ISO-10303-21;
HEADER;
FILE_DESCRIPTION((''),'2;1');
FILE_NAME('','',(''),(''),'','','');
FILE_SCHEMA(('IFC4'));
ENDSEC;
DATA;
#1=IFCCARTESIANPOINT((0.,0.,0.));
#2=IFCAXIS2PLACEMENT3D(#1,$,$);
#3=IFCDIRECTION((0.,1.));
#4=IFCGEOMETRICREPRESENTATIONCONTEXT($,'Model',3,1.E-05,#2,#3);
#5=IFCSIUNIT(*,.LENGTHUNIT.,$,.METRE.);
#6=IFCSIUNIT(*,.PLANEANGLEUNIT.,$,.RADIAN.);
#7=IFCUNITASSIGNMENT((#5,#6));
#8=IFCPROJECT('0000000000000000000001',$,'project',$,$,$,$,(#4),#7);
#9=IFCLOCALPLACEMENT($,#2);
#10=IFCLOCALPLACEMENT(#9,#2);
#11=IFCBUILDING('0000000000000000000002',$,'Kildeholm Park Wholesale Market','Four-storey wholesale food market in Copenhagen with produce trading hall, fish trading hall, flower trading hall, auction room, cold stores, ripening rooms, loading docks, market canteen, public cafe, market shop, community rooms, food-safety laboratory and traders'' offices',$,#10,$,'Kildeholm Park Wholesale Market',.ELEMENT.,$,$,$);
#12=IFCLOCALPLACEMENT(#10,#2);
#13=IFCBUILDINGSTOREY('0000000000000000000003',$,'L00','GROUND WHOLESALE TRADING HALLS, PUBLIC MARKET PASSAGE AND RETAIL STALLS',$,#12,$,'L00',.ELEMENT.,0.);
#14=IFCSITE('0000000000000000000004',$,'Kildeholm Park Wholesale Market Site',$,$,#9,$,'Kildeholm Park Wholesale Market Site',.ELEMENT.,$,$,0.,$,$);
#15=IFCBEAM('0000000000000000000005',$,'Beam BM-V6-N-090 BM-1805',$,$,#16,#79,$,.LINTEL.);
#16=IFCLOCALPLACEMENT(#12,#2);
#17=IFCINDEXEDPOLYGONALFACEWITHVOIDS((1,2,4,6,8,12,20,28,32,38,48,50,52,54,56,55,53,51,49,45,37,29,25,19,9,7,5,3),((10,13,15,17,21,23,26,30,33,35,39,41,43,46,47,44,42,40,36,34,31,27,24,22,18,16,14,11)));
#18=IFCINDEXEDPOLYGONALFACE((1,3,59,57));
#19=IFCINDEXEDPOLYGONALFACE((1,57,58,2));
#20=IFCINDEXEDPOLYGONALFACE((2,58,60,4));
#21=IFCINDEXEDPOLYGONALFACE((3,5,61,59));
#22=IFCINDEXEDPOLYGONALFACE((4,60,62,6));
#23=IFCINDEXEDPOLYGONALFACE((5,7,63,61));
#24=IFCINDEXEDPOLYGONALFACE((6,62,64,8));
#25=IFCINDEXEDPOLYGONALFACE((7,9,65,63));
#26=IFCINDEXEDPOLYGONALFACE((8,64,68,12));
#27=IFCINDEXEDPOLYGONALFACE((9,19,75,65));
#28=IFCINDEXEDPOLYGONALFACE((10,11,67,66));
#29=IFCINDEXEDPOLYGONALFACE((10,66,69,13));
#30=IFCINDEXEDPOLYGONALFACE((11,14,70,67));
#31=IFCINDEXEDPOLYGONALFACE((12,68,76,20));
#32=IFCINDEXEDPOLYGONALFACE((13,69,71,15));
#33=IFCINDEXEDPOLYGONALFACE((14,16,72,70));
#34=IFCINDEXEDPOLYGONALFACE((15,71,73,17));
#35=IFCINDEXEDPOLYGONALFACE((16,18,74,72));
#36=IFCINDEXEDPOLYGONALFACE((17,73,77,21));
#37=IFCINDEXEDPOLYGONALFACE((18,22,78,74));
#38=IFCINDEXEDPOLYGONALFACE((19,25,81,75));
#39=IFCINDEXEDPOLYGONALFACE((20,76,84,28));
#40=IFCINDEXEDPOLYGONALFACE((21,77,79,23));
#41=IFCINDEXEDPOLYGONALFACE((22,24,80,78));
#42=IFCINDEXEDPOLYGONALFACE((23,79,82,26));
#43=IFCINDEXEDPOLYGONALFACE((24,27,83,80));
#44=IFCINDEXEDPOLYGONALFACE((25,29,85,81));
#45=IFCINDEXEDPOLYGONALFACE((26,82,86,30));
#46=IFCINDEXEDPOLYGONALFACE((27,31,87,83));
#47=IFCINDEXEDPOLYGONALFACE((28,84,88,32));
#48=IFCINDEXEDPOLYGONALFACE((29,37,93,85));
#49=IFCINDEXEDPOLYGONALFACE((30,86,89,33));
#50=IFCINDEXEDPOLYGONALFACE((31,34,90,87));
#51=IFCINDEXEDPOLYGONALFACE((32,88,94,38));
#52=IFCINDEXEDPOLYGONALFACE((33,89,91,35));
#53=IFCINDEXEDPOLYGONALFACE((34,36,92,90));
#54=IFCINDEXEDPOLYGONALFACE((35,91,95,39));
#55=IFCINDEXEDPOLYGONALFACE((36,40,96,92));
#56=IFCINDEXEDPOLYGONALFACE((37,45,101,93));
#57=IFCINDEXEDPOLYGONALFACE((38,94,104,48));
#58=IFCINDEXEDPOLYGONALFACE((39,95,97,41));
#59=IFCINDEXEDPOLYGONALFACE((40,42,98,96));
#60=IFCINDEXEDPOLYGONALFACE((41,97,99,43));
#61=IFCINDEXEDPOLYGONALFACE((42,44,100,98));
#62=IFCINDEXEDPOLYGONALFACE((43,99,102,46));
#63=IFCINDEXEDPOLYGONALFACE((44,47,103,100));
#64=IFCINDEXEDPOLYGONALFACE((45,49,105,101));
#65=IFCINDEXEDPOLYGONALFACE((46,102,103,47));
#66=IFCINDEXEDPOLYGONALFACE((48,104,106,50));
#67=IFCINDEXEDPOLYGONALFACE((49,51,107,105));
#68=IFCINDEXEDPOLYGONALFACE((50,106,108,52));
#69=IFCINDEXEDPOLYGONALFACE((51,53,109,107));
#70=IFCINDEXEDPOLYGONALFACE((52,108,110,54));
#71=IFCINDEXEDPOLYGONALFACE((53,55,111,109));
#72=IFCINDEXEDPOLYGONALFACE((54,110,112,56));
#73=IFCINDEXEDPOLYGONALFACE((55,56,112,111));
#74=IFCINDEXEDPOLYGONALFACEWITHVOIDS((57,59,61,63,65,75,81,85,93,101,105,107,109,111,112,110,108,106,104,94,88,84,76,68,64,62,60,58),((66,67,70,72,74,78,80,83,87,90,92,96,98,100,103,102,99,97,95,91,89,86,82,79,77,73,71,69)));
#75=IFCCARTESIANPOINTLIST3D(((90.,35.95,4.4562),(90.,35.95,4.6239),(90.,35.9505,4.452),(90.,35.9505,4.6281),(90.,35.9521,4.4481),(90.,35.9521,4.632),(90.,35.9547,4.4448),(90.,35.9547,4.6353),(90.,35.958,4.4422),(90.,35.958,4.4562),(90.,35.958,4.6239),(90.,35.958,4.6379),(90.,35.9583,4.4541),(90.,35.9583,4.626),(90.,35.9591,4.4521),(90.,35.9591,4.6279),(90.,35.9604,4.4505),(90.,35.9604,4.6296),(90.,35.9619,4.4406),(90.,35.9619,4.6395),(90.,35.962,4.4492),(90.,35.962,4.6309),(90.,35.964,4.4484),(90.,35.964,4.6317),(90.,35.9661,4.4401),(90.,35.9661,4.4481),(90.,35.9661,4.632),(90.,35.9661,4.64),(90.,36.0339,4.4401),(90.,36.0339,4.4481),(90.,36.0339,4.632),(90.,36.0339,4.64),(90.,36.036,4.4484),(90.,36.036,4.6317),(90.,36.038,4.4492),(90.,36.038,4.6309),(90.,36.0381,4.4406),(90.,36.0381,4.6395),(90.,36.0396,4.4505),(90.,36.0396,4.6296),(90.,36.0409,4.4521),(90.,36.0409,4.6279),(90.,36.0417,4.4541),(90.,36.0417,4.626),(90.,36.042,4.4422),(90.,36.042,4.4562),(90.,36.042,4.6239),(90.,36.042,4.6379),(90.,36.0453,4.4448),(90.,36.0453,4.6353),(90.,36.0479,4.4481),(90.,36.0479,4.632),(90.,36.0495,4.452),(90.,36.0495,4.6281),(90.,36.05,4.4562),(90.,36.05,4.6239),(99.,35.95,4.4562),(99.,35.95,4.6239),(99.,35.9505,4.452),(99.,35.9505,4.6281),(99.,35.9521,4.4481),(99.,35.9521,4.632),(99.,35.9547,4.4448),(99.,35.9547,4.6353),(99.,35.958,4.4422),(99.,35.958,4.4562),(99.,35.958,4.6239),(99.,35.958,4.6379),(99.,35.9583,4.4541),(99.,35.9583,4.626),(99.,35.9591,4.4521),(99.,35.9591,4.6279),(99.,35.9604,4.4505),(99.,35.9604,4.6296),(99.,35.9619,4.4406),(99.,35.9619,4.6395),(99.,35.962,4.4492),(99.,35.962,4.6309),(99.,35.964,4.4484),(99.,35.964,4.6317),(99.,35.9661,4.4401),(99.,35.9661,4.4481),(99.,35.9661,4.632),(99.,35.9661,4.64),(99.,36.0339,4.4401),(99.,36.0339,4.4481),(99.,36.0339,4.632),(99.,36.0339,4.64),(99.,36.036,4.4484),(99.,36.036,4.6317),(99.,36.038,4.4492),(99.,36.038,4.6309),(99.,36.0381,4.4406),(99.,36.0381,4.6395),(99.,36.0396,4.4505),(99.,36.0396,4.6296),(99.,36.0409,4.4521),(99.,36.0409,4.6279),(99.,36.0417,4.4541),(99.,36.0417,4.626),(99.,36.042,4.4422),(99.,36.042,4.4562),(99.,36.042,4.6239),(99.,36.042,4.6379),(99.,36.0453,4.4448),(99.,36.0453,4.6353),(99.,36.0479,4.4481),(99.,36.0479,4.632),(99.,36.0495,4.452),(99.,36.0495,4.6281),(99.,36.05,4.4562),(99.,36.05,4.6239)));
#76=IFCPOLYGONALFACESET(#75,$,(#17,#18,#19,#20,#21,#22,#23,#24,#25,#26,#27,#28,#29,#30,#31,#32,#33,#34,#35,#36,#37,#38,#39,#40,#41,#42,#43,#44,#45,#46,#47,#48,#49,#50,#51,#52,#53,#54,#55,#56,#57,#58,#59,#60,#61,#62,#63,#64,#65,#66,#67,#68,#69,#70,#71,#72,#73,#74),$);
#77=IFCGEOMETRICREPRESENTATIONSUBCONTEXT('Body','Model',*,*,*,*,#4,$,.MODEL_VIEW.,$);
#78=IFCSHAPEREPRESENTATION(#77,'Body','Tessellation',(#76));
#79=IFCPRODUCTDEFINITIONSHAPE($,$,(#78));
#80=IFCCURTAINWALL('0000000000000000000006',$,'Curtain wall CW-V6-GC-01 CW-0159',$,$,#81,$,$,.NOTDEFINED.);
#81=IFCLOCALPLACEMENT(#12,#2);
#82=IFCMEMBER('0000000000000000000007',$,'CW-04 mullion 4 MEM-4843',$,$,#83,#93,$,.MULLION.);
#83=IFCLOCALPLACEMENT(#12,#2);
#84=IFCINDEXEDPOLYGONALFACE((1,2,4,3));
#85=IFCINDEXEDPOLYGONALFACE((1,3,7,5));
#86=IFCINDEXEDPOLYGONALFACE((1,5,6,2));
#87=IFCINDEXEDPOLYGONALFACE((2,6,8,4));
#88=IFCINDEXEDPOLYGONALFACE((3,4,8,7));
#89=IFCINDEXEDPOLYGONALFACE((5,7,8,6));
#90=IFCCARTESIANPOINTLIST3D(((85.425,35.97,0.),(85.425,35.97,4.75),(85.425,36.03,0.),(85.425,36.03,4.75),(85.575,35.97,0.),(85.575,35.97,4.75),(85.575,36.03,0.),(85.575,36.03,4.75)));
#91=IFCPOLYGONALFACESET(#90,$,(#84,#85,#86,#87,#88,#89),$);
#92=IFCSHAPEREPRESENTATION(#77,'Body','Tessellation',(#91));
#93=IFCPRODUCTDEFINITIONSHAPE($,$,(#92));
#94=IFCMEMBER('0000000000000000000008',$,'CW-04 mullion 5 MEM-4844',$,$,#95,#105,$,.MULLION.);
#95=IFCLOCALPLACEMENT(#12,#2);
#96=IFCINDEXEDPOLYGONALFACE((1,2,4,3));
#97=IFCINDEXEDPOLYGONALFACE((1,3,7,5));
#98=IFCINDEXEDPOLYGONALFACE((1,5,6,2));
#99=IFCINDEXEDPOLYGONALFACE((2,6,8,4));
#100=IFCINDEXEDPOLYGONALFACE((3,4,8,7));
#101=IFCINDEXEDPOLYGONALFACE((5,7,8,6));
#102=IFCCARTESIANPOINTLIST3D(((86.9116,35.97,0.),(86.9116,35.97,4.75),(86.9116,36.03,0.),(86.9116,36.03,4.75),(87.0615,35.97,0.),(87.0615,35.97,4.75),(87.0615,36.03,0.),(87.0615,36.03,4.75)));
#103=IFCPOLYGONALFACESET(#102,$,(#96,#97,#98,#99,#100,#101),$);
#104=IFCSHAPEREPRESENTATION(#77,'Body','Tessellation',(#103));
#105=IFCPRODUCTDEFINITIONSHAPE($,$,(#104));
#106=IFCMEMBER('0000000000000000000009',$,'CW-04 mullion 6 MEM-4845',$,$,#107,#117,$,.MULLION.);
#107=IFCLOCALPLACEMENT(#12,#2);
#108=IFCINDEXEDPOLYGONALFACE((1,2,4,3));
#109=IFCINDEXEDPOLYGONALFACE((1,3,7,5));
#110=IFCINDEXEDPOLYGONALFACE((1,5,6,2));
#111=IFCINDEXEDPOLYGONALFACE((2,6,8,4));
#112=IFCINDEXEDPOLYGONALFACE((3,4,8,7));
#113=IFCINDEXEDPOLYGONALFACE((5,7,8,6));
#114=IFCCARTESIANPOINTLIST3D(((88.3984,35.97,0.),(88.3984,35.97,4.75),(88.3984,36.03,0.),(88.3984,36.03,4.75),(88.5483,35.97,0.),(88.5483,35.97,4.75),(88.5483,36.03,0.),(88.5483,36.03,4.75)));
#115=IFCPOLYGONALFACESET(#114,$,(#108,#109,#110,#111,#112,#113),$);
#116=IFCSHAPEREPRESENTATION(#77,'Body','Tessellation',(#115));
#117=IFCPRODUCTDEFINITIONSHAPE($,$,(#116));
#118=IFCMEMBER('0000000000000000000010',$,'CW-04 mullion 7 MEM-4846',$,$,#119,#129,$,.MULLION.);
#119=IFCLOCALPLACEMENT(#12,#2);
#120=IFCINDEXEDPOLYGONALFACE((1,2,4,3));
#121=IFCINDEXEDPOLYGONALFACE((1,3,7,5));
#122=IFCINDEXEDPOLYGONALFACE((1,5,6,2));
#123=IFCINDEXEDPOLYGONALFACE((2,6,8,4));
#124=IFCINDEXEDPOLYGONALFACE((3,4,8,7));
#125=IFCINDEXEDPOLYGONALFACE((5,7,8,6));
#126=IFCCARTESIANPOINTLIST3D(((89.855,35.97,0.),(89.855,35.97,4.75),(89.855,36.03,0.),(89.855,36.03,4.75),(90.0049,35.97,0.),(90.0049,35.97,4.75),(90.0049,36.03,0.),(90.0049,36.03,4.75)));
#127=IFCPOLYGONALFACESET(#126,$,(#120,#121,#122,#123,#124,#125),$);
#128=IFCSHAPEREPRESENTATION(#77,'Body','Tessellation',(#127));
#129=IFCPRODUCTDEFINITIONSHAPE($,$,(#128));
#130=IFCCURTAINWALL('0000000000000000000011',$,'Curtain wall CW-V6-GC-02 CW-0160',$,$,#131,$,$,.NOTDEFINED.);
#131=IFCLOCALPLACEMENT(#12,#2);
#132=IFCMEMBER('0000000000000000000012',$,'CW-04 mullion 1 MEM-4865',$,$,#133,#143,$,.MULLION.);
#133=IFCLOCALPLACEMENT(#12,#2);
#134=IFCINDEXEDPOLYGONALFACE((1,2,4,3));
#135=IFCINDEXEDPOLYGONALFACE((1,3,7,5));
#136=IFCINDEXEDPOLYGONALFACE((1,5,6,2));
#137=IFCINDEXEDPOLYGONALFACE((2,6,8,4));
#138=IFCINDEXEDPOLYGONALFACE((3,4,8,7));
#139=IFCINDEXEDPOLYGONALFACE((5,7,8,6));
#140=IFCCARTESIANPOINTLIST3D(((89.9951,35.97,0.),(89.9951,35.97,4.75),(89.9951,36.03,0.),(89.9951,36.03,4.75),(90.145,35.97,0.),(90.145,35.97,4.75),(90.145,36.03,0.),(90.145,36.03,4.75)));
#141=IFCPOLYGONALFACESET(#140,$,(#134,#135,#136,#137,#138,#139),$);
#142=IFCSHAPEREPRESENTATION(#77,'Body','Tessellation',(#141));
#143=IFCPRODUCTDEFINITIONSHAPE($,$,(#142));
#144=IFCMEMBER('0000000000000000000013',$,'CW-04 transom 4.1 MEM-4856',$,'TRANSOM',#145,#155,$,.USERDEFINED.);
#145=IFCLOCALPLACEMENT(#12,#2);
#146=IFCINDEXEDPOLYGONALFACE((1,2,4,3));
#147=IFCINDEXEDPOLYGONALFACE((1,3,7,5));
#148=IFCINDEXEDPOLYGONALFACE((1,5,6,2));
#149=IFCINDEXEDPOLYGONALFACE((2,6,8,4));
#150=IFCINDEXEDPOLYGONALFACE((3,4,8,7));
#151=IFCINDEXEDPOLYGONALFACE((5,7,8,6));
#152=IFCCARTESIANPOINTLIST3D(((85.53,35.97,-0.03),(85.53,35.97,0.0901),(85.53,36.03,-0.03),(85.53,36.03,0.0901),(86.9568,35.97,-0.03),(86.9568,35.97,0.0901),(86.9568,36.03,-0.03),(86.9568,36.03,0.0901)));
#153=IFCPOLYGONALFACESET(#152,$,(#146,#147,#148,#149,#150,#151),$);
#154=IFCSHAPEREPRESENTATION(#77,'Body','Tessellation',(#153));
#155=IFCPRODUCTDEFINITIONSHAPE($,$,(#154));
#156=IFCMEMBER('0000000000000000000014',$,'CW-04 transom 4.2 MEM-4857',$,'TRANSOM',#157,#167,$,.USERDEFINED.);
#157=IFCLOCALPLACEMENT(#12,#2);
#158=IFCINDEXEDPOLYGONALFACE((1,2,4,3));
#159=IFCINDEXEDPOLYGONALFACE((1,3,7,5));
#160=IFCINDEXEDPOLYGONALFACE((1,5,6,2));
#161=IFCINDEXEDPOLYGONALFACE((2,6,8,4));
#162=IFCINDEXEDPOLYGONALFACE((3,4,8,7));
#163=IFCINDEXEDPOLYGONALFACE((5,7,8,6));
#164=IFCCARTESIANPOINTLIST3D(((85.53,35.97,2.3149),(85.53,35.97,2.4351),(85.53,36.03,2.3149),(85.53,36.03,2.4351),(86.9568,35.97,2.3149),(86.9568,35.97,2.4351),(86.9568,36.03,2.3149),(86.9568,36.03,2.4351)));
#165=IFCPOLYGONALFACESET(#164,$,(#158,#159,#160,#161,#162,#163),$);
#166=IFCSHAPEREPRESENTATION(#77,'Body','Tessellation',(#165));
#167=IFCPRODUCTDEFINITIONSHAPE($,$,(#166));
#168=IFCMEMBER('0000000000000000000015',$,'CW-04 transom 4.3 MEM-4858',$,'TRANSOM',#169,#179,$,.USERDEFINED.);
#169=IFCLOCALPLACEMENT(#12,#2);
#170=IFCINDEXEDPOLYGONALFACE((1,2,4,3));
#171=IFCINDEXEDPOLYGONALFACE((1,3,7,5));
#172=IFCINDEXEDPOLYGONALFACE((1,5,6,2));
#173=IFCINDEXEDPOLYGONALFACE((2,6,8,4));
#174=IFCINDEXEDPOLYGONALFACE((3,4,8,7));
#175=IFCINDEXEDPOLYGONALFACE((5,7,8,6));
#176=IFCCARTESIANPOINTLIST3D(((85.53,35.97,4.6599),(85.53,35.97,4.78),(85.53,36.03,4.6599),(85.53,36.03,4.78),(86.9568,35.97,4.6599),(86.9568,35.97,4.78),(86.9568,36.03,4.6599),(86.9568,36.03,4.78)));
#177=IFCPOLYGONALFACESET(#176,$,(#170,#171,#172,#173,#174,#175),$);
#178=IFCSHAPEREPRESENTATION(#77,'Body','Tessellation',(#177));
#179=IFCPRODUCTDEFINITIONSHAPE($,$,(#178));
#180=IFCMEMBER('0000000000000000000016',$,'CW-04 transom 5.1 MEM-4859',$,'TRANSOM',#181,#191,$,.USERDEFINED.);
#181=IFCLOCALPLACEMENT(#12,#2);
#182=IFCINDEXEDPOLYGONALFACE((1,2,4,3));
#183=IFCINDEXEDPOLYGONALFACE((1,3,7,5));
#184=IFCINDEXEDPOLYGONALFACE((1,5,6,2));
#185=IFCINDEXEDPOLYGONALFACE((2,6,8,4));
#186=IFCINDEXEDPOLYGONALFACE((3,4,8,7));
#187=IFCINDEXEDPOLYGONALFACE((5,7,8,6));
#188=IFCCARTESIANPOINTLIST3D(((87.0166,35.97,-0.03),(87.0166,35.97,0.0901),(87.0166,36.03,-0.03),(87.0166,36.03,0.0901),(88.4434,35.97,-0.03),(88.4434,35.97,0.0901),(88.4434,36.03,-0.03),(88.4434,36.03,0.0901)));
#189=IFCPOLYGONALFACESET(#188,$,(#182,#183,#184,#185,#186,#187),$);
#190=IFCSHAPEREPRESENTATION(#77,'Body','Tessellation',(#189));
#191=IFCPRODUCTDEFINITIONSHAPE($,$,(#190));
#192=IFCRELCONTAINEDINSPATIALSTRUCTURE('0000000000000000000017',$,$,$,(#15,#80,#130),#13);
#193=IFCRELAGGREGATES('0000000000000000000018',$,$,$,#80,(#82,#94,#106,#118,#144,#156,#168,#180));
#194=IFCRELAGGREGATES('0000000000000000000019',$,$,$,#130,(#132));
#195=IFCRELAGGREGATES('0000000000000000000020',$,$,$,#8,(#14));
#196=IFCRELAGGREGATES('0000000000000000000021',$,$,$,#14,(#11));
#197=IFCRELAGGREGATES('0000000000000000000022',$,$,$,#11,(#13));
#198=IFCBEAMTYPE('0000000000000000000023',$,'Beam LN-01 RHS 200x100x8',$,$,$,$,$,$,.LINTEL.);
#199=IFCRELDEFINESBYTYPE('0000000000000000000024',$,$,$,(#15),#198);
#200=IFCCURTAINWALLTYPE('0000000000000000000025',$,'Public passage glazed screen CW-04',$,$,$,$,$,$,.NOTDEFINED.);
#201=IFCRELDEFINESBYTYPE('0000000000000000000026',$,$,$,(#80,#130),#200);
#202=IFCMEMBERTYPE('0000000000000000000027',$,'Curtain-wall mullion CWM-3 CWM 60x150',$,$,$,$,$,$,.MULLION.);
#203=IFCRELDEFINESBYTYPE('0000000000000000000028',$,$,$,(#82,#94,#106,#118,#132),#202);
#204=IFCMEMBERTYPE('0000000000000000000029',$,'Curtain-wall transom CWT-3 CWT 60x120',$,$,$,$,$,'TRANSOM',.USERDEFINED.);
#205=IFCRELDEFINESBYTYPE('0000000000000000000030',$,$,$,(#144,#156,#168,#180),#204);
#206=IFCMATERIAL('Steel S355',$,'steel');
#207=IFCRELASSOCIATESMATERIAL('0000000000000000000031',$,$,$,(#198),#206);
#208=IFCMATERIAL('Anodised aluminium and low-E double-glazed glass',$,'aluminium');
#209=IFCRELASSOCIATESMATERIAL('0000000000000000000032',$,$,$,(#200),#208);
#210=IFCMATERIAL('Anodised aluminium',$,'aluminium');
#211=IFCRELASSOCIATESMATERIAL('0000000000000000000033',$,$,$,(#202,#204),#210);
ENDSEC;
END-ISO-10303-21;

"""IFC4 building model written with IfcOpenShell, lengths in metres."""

from ifc_helpers import new_model, si_unit, direction, frame, origin, origin_2d, place, context, subcontext, project, spatial, rectangle, hollow_rectangle, extrude, material, material_profile, profile_set, type_object, element, aggregate, save


model = new_model("IFC4")

# Units and contexts
model_context = context("Model", 3, precision=1e-05, world=origin(), true_north=direction((0.0, 1.0)))
body_context = subcontext(model_context, "Body", "Model", "MODEL_VIEW")
ifc_project = project(units=[si_unit("LENGTHUNIT", "METRE"), si_unit("PLANEANGLEUNIT", "RADIAN")], contexts=[model_context])

# Site, building, storey
site_placement = place(None, origin())
site = spatial("IfcSite", under=ifc_project, at=site_placement, Name="Kildeholm Park Wholesale Market Site", LongName="Kildeholm Park Wholesale Market Site", CompositionType="ELEMENT", RefElevation=0.0)
building_placement = place(site_placement, origin())
building = spatial("IfcBuilding", under=site, at=building_placement, Name="Kildeholm Park Wholesale Market", Description="Four-storey wholesale food market in Copenhagen with produce trading hall, fish trading hall, flower trading hall, auction room, cold stores, ripening rooms, loading docks, market canteen, public cafe, market shop, community rooms, food-safety laboratory and traders' offices", LongName="Kildeholm Park Wholesale Market", CompositionType="ELEMENT")
storey_placement = place(building_placement, origin())
storey = spatial("IfcBuildingStorey", under=building, at=storey_placement, Name="L00", Description="GROUND WHOLESALE TRADING HALLS, PUBLIC MARKET PASSAGE AND RETAIL STALLS", LongName="L00", CompositionType="ELEMENT", Elevation=0.0)

# Shared definitions
ifc_material_1 = material(Name="Steel S355", Category="steel")

# Beam
ifc_material_profile_1 = material_profile(ifc_material_1, hollow_rectangle(XDim=0.1001, YDim=0.2, WallThickness=0.0081, InnerFilletRadius=0.0081, OuterFilletRadius=0.0161, at=origin_2d()), Name="RHS 200x100x8")
ifc_profile_set_1 = profile_set([ifc_material_profile_1], Name="Steel S355")
beam_type = type_object("IfcBeamType", Name="Beam LN-01 RHS 200x100x8", PredefinedType="LINTEL", material=ifc_profile_set_1)
for number, where, z_axis, x_axis, name in (
    (1, (90.0, 36.0, 4.54), (1.0, 0.0, 0.0), (0.0, 1.0, 0.0), "Beam BM-V6-N-090 BM-1805"),
):
    element("IfcBeam", number, at=place(storey_placement, frame(where, z_axis=z_axis, x_axis=x_axis)), inside=storey, type_object=beam_type, Name=name, PredefinedType="LINTEL", context=body_context, shape_type="SweptSolid", body=[
        extrude(hollow_rectangle(XDim=0.1001, YDim=0.2, WallThickness=0.0081, InnerFilletRadius=0.0081, OuterFilletRadius=0.0161, at=origin_2d()), origin(), (0.0, 0.0, 1.0), 9.0),
    ])

# Curtain wall, members
ifc_material_2 = material(Name="Anodised aluminium and low-E double-glazed glass", Category="aluminium")
curtain_wall_type = type_object("IfcCurtainWallType", Name="Public passage glazed screen CW-04", PredefinedType="NOTDEFINED", material=ifc_material_2)
curtain_wall_1_placement = place(storey_placement, origin())
curtain_wall_1 = element("IfcCurtainWall", 2, at=curtain_wall_1_placement, inside=storey, type_object=curtain_wall_type, Name="Curtain wall CW-V6-GC-01 CW-0159", PredefinedType="NOTDEFINED")
ifc_material_3 = material(Name="Anodised aluminium", Category="aluminium")
ifc_material_profile_2 = material_profile(ifc_material_3, rectangle(XDim=0.0601, YDim=0.1499, at=origin_2d()), Name="CWM 60x150")
ifc_profile_set_2 = profile_set([ifc_material_profile_2], Name="Anodised aluminium")
member_type_1 = type_object("IfcMemberType", Name="Curtain-wall mullion CWM-3 CWM 60x150", PredefinedType="MULLION", material=ifc_profile_set_2)
member_1_placement = place(storey_placement, frame((85.5, 36.0, 0.0), z_axis=(0.0, 0.0, 1.0), x_axis=(0.0, 1.0, 0.0)))
member_1 = element("IfcMember", 3, at=member_1_placement, type_object=member_type_1, Name="CW-04 mullion 4 MEM-4843", PredefinedType="MULLION", context=body_context, shape_type="SweptSolid", body=[
    extrude(rectangle(XDim=0.0601, YDim=0.1499, at=origin_2d()), origin(), (0.0, 0.0, 1.0), 4.75),
])
member_2_placement = place(storey_placement, frame((86.9866, 36.0, 0.0), z_axis=(0.0, 0.0, 1.0), x_axis=(0.0, 1.0, 0.0)))
member_2 = element("IfcMember", 4, at=member_2_placement, type_object=member_type_1, Name="CW-04 mullion 5 MEM-4844", PredefinedType="MULLION", context=body_context, shape_type="SweptSolid", body=[
    extrude(rectangle(XDim=0.0601, YDim=0.1499, at=origin_2d()), origin(), (0.0, 0.0, 1.0), 4.75),
])
member_3_placement = place(storey_placement, frame((88.4734, 36.0, 0.0), z_axis=(0.0, 0.0, 1.0), x_axis=(0.0, 1.0, 0.0)))
member_3 = element("IfcMember", 5, at=member_3_placement, type_object=member_type_1, Name="CW-04 mullion 6 MEM-4845", PredefinedType="MULLION", context=body_context, shape_type="SweptSolid", body=[
    extrude(rectangle(XDim=0.0601, YDim=0.1499, at=origin_2d()), origin(), (0.0, 0.0, 1.0), 4.75),
])
member_4_placement = place(storey_placement, frame((89.9299, 36.0, 0.0), z_axis=(0.0, 0.0, 1.0), x_axis=(0.0, 1.0, 0.0)))
member_4 = element("IfcMember", 6, at=member_4_placement, type_object=member_type_1, Name="CW-04 mullion 7 MEM-4846", PredefinedType="MULLION", context=body_context, shape_type="SweptSolid", body=[
    extrude(rectangle(XDim=0.0601, YDim=0.1499, at=origin_2d()), origin(), (0.0, 0.0, 1.0), 4.75),
])

# Curtain wall, member
curtain_wall_2_placement = place(storey_placement, origin())
curtain_wall_2 = element("IfcCurtainWall", 7, at=curtain_wall_2_placement, inside=storey, type_object=curtain_wall_type, Name="Curtain wall CW-V6-GC-02 CW-0160", PredefinedType="NOTDEFINED")
member_5_placement = place(storey_placement, frame((90.0701, 36.0, 0.0), z_axis=(0.0, 0.0, 1.0), x_axis=(0.0, 1.0, 0.0)))
member_5 = element("IfcMember", 8, at=member_5_placement, type_object=member_type_1, Name="CW-04 mullion 1 MEM-4865", PredefinedType="MULLION", context=body_context, shape_type="SweptSolid", body=[
    extrude(rectangle(XDim=0.0601, YDim=0.1499, at=origin_2d()), origin(), (0.0, 0.0, 1.0), 4.75),
])

# Members
ifc_material_profile_3 = material_profile(ifc_material_3, rectangle(XDim=0.0601, YDim=0.1201, at=origin_2d()), Name="CWT 60x120")
ifc_profile_set_3 = profile_set([ifc_material_profile_3], Name="Anodised aluminium")
member_type_2 = type_object("IfcMemberType", Name="Curtain-wall transom CWT-3 CWT 60x120", ElementType="TRANSOM", PredefinedType="USERDEFINED", material=ifc_profile_set_3)
member_6_placement = place(storey_placement, frame((85.53, 36.0, 0.03), z_axis=(1.0, 0.0, 0.0), x_axis=(0.0, 1.0, 0.0)))
member_6 = element("IfcMember", 9, at=member_6_placement, type_object=member_type_2, Name="CW-04 transom 4.1 MEM-4856", ObjectType="TRANSOM", PredefinedType="USERDEFINED", context=body_context, shape_type="SweptSolid", body=[
    extrude(rectangle(XDim=0.0601, YDim=0.1201, at=origin_2d()), origin(), (0.0, 0.0, 1.0), 1.4268),
])
member_7_placement = place(storey_placement, frame((85.53, 36.0, 2.375), z_axis=(1.0, 0.0, 0.0), x_axis=(0.0, 1.0, 0.0)))
member_7 = element("IfcMember", 10, at=member_7_placement, type_object=member_type_2, Name="CW-04 transom 4.2 MEM-4857", ObjectType="TRANSOM", PredefinedType="USERDEFINED", context=body_context, shape_type="SweptSolid", body=[
    extrude(rectangle(XDim=0.0601, YDim=0.1201, at=origin_2d()), origin(), (0.0, 0.0, 1.0), 1.4268),
])
member_8_placement = place(storey_placement, frame((85.53, 36.0, 4.72), z_axis=(1.0, 0.0, 0.0), x_axis=(0.0, 1.0, 0.0)))
member_8 = element("IfcMember", 11, at=member_8_placement, type_object=member_type_2, Name="CW-04 transom 4.3 MEM-4858", ObjectType="TRANSOM", PredefinedType="USERDEFINED", context=body_context, shape_type="SweptSolid", body=[
    extrude(rectangle(XDim=0.0601, YDim=0.1201, at=origin_2d()), origin(), (0.0, 0.0, 1.0), 1.4268),
])
member_9_placement = place(storey_placement, frame((87.0166, 36.0, 0.03), z_axis=(1.0, 0.0, 0.0), x_axis=(0.0, 1.0, 0.0)))
member_9 = element("IfcMember", 12, at=member_9_placement, type_object=member_type_2, Name="CW-04 transom 5.1 MEM-4859", ObjectType="TRANSOM", PredefinedType="USERDEFINED", context=body_context, shape_type="SweptSolid", body=[
    extrude(rectangle(XDim=0.0601, YDim=0.1201, at=origin_2d()), origin(), (0.0, 0.0, 1.0), 1.4268),
])

aggregate(curtain_wall_1, [member_1, member_2, member_3, member_4, member_6, member_7, member_8, member_9])
aggregate(curtain_wall_2, [member_5])

save(model, "model.ifc")
